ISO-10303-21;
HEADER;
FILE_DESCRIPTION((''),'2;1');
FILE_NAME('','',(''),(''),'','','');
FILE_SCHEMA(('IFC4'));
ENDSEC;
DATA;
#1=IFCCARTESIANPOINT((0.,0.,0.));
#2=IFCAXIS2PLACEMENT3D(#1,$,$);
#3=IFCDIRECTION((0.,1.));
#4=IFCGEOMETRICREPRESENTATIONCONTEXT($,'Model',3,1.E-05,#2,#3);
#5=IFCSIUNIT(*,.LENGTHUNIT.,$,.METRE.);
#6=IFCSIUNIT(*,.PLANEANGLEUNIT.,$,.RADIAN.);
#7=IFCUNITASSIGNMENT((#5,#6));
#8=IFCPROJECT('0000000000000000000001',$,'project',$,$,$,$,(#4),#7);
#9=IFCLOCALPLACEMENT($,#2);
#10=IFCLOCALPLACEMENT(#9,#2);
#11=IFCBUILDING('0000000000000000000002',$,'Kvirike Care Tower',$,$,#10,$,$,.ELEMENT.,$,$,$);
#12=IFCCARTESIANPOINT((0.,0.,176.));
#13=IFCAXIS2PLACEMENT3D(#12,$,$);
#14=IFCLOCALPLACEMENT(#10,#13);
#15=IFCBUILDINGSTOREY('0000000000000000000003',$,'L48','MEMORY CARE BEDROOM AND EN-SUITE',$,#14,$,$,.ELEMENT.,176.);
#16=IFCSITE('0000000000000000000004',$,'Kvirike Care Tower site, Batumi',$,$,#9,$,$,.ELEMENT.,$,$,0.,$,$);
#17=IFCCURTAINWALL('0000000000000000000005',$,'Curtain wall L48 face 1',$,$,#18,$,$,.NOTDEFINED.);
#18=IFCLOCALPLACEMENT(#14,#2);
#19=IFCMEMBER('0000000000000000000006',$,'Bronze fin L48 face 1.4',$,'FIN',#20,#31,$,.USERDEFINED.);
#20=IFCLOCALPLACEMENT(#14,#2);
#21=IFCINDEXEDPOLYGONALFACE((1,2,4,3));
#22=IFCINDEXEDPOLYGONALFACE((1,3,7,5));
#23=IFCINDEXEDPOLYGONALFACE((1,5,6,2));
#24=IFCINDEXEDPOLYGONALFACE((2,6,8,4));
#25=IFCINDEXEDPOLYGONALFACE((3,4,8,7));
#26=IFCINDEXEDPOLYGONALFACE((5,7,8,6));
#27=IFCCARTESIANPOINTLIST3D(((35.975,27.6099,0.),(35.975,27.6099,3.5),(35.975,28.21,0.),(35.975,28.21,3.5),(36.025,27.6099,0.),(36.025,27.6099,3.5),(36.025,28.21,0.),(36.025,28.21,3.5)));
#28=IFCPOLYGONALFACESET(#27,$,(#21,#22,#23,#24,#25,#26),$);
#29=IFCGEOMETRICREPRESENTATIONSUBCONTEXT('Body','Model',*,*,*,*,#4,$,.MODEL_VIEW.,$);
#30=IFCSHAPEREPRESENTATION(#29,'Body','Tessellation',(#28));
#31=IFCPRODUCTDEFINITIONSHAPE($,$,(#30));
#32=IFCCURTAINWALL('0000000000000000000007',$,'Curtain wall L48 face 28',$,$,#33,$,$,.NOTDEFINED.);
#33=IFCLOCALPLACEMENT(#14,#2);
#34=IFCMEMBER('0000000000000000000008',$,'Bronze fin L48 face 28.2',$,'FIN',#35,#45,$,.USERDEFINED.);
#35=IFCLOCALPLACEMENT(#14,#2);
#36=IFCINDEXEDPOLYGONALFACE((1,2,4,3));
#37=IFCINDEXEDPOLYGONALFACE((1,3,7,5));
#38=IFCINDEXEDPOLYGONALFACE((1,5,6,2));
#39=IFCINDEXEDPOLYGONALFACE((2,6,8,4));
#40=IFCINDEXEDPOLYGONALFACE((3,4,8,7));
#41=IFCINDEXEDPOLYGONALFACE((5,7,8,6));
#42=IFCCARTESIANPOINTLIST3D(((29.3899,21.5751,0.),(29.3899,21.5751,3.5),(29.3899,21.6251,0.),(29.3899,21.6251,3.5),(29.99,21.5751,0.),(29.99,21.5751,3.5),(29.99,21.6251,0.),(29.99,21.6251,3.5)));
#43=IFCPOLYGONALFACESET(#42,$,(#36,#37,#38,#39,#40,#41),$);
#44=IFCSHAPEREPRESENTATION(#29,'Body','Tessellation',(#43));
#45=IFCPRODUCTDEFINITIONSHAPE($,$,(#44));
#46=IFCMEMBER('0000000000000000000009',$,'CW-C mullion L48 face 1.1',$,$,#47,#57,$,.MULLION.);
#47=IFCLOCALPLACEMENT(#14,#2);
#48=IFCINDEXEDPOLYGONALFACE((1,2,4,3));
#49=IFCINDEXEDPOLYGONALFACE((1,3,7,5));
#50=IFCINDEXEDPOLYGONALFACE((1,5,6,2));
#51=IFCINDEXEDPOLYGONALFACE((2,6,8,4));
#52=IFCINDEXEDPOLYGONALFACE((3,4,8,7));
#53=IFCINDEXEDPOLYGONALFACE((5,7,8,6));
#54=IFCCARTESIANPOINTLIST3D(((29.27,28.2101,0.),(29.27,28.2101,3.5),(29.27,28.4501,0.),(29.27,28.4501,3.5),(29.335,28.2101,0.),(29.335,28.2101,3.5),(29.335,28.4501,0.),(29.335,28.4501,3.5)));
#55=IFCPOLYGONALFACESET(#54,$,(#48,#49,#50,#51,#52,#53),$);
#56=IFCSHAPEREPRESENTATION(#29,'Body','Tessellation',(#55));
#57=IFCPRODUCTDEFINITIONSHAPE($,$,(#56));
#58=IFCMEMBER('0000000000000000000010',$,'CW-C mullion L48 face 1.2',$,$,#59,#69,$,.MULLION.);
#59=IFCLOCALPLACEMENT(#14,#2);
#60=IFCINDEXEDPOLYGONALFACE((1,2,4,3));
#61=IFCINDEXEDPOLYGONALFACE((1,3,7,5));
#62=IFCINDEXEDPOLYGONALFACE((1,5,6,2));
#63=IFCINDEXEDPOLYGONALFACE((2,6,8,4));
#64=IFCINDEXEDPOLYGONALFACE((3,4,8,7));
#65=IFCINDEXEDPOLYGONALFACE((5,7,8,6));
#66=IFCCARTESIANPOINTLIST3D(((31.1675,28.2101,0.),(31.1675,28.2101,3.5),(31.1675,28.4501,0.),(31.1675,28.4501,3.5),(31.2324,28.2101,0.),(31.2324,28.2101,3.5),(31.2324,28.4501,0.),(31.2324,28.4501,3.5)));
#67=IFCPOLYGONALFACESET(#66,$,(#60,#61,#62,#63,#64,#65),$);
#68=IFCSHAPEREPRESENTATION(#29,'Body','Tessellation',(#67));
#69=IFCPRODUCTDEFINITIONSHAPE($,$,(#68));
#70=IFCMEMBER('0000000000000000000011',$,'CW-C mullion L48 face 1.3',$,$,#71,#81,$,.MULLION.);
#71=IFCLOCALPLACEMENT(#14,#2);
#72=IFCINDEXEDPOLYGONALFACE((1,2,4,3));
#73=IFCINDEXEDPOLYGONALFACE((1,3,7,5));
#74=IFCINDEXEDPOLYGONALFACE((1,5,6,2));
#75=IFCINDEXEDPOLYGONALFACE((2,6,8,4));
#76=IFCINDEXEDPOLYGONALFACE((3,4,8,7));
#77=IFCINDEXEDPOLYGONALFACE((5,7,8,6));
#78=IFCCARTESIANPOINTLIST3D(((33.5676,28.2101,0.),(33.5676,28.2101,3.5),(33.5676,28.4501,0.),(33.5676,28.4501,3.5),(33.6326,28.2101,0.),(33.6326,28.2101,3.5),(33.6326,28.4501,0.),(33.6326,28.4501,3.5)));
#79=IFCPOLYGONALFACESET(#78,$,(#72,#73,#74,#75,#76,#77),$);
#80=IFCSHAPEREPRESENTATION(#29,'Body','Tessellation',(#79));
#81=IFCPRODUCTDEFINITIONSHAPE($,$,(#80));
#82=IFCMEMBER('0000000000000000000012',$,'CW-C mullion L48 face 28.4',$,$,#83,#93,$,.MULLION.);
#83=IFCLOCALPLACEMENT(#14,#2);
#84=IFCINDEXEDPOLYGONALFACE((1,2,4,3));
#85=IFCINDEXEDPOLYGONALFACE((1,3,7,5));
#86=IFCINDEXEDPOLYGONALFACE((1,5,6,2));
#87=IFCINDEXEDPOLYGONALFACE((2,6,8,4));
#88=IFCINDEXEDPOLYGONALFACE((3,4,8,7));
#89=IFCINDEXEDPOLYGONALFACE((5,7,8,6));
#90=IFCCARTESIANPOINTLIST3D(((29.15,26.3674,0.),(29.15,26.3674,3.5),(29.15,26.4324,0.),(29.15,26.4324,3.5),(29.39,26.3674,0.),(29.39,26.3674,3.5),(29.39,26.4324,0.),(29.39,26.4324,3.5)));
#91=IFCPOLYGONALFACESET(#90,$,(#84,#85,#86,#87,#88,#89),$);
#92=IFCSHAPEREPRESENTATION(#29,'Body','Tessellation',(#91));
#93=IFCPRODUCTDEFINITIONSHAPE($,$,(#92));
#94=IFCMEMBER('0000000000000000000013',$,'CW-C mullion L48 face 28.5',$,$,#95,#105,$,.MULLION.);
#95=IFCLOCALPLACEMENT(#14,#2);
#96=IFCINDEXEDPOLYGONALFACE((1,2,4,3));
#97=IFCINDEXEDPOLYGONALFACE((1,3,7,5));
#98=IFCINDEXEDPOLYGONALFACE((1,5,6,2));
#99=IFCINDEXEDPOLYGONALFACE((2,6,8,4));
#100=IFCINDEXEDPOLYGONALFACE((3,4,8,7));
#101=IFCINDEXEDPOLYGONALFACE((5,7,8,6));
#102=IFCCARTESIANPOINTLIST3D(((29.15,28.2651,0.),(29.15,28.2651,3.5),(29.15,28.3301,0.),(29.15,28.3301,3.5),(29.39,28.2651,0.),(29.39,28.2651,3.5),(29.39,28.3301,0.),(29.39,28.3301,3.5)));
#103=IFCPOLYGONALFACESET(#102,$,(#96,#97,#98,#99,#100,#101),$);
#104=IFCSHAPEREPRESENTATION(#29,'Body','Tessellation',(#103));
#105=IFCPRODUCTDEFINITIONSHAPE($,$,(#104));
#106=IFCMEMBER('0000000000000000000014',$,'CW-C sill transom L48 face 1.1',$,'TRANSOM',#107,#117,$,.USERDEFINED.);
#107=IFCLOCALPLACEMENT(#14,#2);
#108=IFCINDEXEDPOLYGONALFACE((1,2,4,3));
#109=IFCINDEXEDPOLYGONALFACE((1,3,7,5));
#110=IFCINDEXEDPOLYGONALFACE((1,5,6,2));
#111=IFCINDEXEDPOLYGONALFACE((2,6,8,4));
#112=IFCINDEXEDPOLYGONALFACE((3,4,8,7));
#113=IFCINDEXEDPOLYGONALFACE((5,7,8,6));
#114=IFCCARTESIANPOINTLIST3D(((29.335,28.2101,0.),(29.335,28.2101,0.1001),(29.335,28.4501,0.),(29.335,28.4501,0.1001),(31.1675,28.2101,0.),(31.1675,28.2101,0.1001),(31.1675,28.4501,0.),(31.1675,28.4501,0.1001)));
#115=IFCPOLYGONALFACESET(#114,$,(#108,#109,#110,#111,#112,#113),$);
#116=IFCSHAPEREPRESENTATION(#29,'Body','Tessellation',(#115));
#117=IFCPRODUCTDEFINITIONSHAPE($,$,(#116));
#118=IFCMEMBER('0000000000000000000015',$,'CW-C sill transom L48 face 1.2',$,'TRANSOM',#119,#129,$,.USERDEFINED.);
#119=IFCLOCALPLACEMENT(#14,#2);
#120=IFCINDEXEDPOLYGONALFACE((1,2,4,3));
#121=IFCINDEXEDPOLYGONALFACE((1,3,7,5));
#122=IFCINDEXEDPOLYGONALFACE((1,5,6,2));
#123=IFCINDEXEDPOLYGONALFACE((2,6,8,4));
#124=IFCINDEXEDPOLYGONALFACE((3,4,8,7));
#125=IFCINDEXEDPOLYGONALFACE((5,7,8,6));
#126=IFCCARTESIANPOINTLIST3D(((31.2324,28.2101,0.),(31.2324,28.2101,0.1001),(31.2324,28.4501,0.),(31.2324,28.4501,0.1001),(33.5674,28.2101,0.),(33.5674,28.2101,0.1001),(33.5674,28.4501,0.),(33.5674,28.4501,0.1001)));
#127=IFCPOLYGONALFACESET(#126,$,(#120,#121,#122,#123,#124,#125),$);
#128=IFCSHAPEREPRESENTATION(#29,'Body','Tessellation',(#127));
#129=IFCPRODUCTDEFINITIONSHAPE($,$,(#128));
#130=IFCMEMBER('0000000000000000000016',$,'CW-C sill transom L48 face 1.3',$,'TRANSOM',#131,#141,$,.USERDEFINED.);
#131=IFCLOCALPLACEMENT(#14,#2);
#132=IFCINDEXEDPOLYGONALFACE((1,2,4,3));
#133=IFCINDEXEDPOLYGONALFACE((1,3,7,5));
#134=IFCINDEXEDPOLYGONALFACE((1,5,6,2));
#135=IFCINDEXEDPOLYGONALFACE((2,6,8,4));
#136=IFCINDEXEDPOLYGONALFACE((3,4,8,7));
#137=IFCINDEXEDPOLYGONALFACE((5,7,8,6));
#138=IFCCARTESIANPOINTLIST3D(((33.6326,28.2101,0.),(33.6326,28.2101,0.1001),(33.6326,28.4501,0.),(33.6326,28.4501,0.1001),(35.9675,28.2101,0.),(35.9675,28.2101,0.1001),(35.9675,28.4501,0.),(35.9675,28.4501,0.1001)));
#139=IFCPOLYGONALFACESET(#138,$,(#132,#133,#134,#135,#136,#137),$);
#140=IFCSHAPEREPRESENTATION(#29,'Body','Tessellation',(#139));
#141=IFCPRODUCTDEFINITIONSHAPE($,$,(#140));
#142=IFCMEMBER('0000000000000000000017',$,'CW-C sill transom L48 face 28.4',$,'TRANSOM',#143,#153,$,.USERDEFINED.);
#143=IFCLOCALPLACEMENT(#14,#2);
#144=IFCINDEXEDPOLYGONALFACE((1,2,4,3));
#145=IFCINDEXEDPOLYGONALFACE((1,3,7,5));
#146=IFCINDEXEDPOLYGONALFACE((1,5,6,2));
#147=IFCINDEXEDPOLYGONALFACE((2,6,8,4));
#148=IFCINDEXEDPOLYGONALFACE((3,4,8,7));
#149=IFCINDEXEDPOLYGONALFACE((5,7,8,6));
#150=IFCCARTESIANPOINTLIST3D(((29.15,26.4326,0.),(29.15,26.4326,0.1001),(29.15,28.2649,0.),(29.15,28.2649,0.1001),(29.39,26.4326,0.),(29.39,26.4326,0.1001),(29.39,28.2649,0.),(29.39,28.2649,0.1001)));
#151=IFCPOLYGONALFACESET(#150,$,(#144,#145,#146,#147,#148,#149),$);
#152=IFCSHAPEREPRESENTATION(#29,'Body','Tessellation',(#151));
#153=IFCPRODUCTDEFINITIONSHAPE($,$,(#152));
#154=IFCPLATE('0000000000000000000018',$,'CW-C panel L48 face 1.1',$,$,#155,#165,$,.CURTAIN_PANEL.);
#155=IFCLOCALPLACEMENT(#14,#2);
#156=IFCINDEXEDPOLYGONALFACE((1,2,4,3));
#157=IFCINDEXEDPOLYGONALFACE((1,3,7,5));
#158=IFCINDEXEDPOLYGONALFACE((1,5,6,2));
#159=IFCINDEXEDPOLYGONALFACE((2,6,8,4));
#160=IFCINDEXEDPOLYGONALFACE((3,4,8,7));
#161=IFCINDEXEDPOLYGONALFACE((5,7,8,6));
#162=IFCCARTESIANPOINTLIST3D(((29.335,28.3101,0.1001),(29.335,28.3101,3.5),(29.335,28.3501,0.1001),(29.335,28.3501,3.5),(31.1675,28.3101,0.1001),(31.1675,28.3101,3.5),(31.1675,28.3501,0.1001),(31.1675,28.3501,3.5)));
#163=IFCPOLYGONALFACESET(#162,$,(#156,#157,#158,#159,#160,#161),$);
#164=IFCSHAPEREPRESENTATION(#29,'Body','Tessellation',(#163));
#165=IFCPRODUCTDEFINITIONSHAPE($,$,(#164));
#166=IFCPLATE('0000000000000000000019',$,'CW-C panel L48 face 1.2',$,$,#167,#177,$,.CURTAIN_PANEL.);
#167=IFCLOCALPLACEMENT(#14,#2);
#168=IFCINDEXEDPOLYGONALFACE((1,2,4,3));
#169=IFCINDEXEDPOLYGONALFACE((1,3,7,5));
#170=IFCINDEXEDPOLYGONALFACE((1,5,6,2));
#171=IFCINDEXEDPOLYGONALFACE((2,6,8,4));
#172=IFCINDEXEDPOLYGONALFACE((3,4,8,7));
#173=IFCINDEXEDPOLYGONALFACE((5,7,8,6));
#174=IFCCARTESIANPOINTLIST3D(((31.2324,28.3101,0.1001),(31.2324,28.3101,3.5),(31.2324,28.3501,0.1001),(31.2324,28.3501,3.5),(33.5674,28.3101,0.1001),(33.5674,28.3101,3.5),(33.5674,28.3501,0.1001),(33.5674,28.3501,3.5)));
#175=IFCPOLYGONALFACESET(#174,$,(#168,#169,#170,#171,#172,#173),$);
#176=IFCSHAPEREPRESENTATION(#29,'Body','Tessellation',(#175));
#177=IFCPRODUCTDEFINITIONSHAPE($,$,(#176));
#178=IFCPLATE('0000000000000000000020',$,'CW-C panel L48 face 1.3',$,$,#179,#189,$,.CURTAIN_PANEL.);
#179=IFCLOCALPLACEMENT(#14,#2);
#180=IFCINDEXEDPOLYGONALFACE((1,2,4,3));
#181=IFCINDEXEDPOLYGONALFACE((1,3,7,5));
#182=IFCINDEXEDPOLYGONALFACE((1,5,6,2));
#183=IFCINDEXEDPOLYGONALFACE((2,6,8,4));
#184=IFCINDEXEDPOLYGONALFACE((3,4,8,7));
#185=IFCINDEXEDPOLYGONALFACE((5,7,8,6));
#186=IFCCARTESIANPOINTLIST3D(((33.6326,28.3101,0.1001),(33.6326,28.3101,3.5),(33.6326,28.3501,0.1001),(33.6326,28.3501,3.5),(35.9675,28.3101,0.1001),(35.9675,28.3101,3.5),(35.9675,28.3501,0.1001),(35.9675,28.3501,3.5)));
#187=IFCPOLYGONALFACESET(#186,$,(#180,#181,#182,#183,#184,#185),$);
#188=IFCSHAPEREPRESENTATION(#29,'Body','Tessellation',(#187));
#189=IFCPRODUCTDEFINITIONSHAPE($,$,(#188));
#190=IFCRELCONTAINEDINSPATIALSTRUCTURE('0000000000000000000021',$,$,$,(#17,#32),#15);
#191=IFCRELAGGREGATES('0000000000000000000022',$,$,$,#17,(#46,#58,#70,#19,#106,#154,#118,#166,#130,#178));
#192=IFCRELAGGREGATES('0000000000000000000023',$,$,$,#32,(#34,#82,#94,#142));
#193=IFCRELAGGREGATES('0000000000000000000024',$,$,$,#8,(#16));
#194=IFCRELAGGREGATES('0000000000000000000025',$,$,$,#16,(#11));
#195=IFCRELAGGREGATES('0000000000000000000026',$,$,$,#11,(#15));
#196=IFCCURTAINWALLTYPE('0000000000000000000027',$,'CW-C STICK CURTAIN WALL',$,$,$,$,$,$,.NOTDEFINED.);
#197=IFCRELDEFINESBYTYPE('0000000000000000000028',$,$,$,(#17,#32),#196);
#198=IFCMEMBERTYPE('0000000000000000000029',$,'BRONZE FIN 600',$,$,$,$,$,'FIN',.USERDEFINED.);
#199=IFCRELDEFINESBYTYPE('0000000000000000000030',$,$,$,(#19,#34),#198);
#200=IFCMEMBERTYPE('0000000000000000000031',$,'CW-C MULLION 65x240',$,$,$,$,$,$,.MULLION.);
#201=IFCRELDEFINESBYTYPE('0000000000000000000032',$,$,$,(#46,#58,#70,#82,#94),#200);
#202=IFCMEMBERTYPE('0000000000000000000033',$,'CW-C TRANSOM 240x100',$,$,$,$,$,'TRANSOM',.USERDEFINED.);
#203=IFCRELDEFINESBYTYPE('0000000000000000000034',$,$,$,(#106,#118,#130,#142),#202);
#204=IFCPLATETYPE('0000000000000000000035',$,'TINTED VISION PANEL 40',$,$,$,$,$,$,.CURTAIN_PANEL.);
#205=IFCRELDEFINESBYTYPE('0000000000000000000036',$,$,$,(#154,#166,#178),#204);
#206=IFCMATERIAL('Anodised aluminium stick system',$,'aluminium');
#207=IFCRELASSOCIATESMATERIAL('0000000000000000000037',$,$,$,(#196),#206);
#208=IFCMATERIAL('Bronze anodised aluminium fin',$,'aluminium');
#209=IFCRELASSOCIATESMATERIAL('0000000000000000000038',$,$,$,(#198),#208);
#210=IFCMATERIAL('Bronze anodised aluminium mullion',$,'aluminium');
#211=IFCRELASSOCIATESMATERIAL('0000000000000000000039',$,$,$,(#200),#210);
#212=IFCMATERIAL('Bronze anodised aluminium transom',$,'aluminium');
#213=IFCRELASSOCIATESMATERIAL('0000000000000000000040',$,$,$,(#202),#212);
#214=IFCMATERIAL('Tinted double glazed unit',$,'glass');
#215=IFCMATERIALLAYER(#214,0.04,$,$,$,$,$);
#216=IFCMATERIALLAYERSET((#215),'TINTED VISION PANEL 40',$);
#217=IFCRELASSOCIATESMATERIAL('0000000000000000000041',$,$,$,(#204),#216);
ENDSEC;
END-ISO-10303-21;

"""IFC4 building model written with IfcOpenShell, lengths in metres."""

from ifc_helpers import new_model, si_unit, direction, frame, origin, origin_2d, place, context, subcontext, project, spatial, rectangle, extrude, material, layer, layer_set, material_profile, profile_set, type_object, element, aggregate, save


model = new_model("IFC4")

# Units and contexts
model_context = context("Model", 3, precision=1e-05, world=origin(), true_north=direction((0.0, 1.0)))
body_context = subcontext(model_context, "Body", "Model", "MODEL_VIEW")
ifc_project = project(units=[si_unit("LENGTHUNIT", "METRE"), si_unit("PLANEANGLEUNIT", "RADIAN")], contexts=[model_context])

# Site, building, storey
site_placement = place(None, origin())
site = spatial("IfcSite", under=ifc_project, at=site_placement, Name="Kvirike Care Tower site, Batumi", CompositionType="ELEMENT", RefElevation=0.0)
building_placement = place(site_placement, origin())
building = spatial("IfcBuilding", under=site, at=building_placement, Name="Kvirike Care Tower", CompositionType="ELEMENT")
storey_placement = place(building_placement, frame((0.0, 0.0, 176.0)))
storey = spatial("IfcBuildingStorey", under=building, at=storey_placement, Name="L48", Description="MEMORY CARE BEDROOM AND EN-SUITE", CompositionType="ELEMENT", Elevation=176.0)

# Curtain walls, members
ifc_material_1 = material(Name="Anodised aluminium stick system", Category="aluminium")
curtain_wall_type = type_object("IfcCurtainWallType", Name="CW-C STICK CURTAIN WALL", PredefinedType="NOTDEFINED", material=ifc_material_1)
curtain_wall_1_placement = place(storey_placement, origin())
curtain_wall_1 = element("IfcCurtainWall", 1, at=curtain_wall_1_placement, inside=storey, type_object=curtain_wall_type, Name="Curtain wall L48 face 1", PredefinedType="NOTDEFINED")
ifc_material_2 = material(Name="Bronze anodised aluminium fin", Category="aluminium")
ifc_material_profile_1 = material_profile(ifc_material_2, rectangle(XDim=0.05, YDim=0.6001, at=origin_2d()), Name="BRONZE FIN 600")
ifc_profile_set_1 = profile_set([ifc_material_profile_1], Name="Bronze anodised aluminium fin")
member_type_1 = type_object("IfcMemberType", Name="BRONZE FIN 600", ElementType="FIN", PredefinedType="USERDEFINED", material=ifc_profile_set_1)
member_1_placement = place(storey_placement, frame((36.0, 27.9099, 0.0), z_axis=(0.0, 0.0, 1.0), x_axis=(1.0, 0.0, 0.0)))
member_1 = element("IfcMember", 2, at=member_1_placement, type_object=member_type_1, Name="Bronze fin L48 face 1.4", ObjectType="FIN", PredefinedType="USERDEFINED", context=body_context, shape_type="SweptSolid", body=[
    extrude(rectangle(XDim=0.05, YDim=0.6001, at=origin_2d()), origin(), (0.0, 0.0, 1.0), 3.5),
])
curtain_wall_2_placement = place(storey_placement, origin())
curtain_wall_2 = element("IfcCurtainWall", 3, at=curtain_wall_2_placement, inside=storey, type_object=curtain_wall_type, Name="Curtain wall L48 face 28", PredefinedType="NOTDEFINED")
member_2_placement = place(storey_placement, frame((29.6899, 21.6001, 0.0), z_axis=(0.0, 0.0, 1.0), x_axis=(0.0, 1.0, 0.0)))
member_2 = element("IfcMember", 4, at=member_2_placement, type_object=member_type_1, Name="Bronze fin L48 face 28.2", ObjectType="FIN", PredefinedType="USERDEFINED", context=body_context, shape_type="SweptSolid", body=[
    extrude(rectangle(XDim=0.05, YDim=0.6001, at=origin_2d()), origin(), (0.0, 0.0, 1.0), 3.5),
])

# Members
ifc_material_3 = material(Name="Bronze anodised aluminium mullion", Category="aluminium")
ifc_material_profile_2 = material_profile(ifc_material_3, rectangle(XDim=0.0649, YDim=0.24, at=origin_2d()), Name="CW-C MULLION 65x240")
ifc_profile_set_2 = profile_set([ifc_material_profile_2], Name="Bronze anodised aluminium mullion")
member_type_2 = type_object("IfcMemberType", Name="CW-C MULLION 65x240", PredefinedType="MULLION", material=ifc_profile_set_2)
member_3_placement = place(storey_placement, frame((29.3025, 28.3301, 0.0), z_axis=(0.0, 0.0, 1.0), x_axis=(1.0, 0.0, 0.0)))
member_3 = element("IfcMember", 5, at=member_3_placement, type_object=member_type_2, Name="CW-C mullion L48 face 1.1", PredefinedType="MULLION", context=body_context, shape_type="SweptSolid", body=[
    extrude(rectangle(XDim=0.0649, YDim=0.24, at=origin_2d()), origin(), (0.0, 0.0, 1.0), 3.5),
])
member_4_placement = place(storey_placement, frame((31.2, 28.3301, 0.0), z_axis=(0.0, 0.0, 1.0), x_axis=(1.0, 0.0, 0.0)))
member_4 = element("IfcMember", 6, at=member_4_placement, type_object=member_type_2, Name="CW-C mullion L48 face 1.2", PredefinedType="MULLION", context=body_context, shape_type="SweptSolid", body=[
    extrude(rectangle(XDim=0.0649, YDim=0.24, at=origin_2d()), origin(), (0.0, 0.0, 1.0), 3.5),
])
member_5_placement = place(storey_placement, frame((33.6001, 28.3301, 0.0), z_axis=(0.0, 0.0, 1.0), x_axis=(1.0, 0.0, 0.0)))
member_5 = element("IfcMember", 7, at=member_5_placement, type_object=member_type_2, Name="CW-C mullion L48 face 1.3", PredefinedType="MULLION", context=body_context, shape_type="SweptSolid", body=[
    extrude(rectangle(XDim=0.0649, YDim=0.24, at=origin_2d()), origin(), (0.0, 0.0, 1.0), 3.5),
])
member_6_placement = place(storey_placement, frame((29.27, 26.3999, 0.0), z_axis=(0.0, 0.0, 1.0), x_axis=(0.0, 1.0, 0.0)))
member_6 = element("IfcMember", 8, at=member_6_placement, type_object=member_type_2, Name="CW-C mullion L48 face 28.4", PredefinedType="MULLION", context=body_context, shape_type="SweptSolid", body=[
    extrude(rectangle(XDim=0.0649, YDim=0.24, at=origin_2d()), origin(), (0.0, 0.0, 1.0), 3.5),
])
member_7_placement = place(storey_placement, frame((29.27, 28.2976, 0.0), z_axis=(0.0, 0.0, 1.0), x_axis=(0.0, 1.0, 0.0)))
member_7 = element("IfcMember", 9, at=member_7_placement, type_object=member_type_2, Name="CW-C mullion L48 face 28.5", PredefinedType="MULLION", context=body_context, shape_type="SweptSolid", body=[
    extrude(rectangle(XDim=0.0649, YDim=0.24, at=origin_2d()), origin(), (0.0, 0.0, 1.0), 3.5),
])
ifc_material_4 = material(Name="Bronze anodised aluminium transom", Category="aluminium")
ifc_material_profile_3 = material_profile(ifc_material_4, rectangle(XDim=0.24, YDim=0.1001, at=origin_2d()), Name="CW-C TRANSOM 240x100")
ifc_profile_set_3 = profile_set([ifc_material_profile_3], Name="Bronze anodised aluminium transom")
member_type_3 = type_object("IfcMemberType", Name="CW-C TRANSOM 240x100", ElementType="TRANSOM", PredefinedType="USERDEFINED", material=ifc_profile_set_3)
member_8_placement = place(storey_placement, frame((29.335, 28.3301, 0.05), z_axis=(1.0, 0.0, 0.0), x_axis=(0.0, 1.0, 0.0)))
member_8 = element("IfcMember", 10, at=member_8_placement, type_object=member_type_3, Name="CW-C sill transom L48 face 1.1", ObjectType="TRANSOM", PredefinedType="USERDEFINED", context=body_context, shape_type="SweptSolid", body=[
    extrude(rectangle(XDim=0.24, YDim=0.1001, at=origin_2d()), origin(), (0.0, 0.0, 1.0), 1.8325),
])
member_9_placement = place(storey_placement, frame((31.2324, 28.3301, 0.05), z_axis=(1.0, 0.0, 0.0), x_axis=(0.0, 1.0, 0.0)))
member_9 = element("IfcMember", 11, at=member_9_placement, type_object=member_type_3, Name="CW-C sill transom L48 face 1.2", ObjectType="TRANSOM", PredefinedType="USERDEFINED", context=body_context, shape_type="SweptSolid", body=[
    extrude(rectangle(XDim=0.24, YDim=0.1001, at=origin_2d()), origin(), (0.0, 0.0, 1.0), 2.335),
])
member_10_placement = place(storey_placement, frame((33.6326, 28.3301, 0.05), z_axis=(1.0, 0.0, 0.0), x_axis=(0.0, 1.0, 0.0)))
member_10 = element("IfcMember", 12, at=member_10_placement, type_object=member_type_3, Name="CW-C sill transom L48 face 1.3", ObjectType="TRANSOM", PredefinedType="USERDEFINED", context=body_context, shape_type="SweptSolid", body=[
    extrude(rectangle(XDim=0.24, YDim=0.1001, at=origin_2d()), origin(), (0.0, 0.0, 1.0), 2.335),
])
member_11_placement = place(storey_placement, frame((29.27, 26.4326, 0.05), z_axis=(0.0, 1.0, 0.0), x_axis=(-1.0, 0.0, 0.0)))
member_11 = element("IfcMember", 13, at=member_11_placement, type_object=member_type_3, Name="CW-C sill transom L48 face 28.4", ObjectType="TRANSOM", PredefinedType="USERDEFINED", context=body_context, shape_type="SweptSolid", body=[
    extrude(rectangle(XDim=0.24, YDim=0.1001, at=origin_2d()), origin(), (0.0, 0.0, 1.0), 1.8323),
])

# Plates
ifc_material_5 = material(Name="Tinted double glazed unit", Category="glass")
ifc_layer_1 = layer(ifc_material_5, 0.04)
ifc_layer_set_1 = layer_set([ifc_layer_1], Name="TINTED VISION PANEL 40")
plate_type = type_object("IfcPlateType", Name="TINTED VISION PANEL 40", PredefinedType="CURTAIN_PANEL", material=ifc_layer_set_1)
plate_1_placement = place(storey_placement, frame((30.2512, 28.3301, 0.1001), z_axis=(0.0, 0.0, 1.0), x_axis=(1.0, 0.0, 0.0)))
plate_1 = element("IfcPlate", 14, at=plate_1_placement, type_object=plate_type, Name="CW-C panel L48 face 1.1", PredefinedType="CURTAIN_PANEL", context=body_context, shape_type="SweptSolid", body=[
    extrude(rectangle(XDim=1.8325, YDim=0.04, at=origin_2d()), origin(), (0.0, 0.0, 1.0), 3.3999),
])
plate_2_placement = place(storey_placement, frame((32.3999, 28.3301, 0.1001), z_axis=(0.0, 0.0, 1.0), x_axis=(1.0, 0.0, 0.0)))
plate_2 = element("IfcPlate", 15, at=plate_2_placement, type_object=plate_type, Name="CW-C panel L48 face 1.2", PredefinedType="CURTAIN_PANEL", context=body_context, shape_type="SweptSolid", body=[
    extrude(rectangle(XDim=2.335, YDim=0.04, at=origin_2d()), origin(), (0.0, 0.0, 1.0), 3.3999),
])
plate_3_placement = place(storey_placement, frame((34.8, 28.3301, 0.1001), z_axis=(0.0, 0.0, 1.0), x_axis=(1.0, 0.0, 0.0)))
plate_3 = element("IfcPlate", 16, at=plate_3_placement, type_object=plate_type, Name="CW-C panel L48 face 1.3", PredefinedType="CURTAIN_PANEL", context=body_context, shape_type="SweptSolid", body=[
    extrude(rectangle(XDim=2.335, YDim=0.04, at=origin_2d()), origin(), (0.0, 0.0, 1.0), 3.3999),
])
aggregate(curtain_wall_1, [member_3, member_4, member_5, member_1, member_8, plate_1, member_9, plate_2, member_10, plate_3])
aggregate(curtain_wall_2, [member_2, member_6, member_7, member_11])

save(model, "model.ifc")
